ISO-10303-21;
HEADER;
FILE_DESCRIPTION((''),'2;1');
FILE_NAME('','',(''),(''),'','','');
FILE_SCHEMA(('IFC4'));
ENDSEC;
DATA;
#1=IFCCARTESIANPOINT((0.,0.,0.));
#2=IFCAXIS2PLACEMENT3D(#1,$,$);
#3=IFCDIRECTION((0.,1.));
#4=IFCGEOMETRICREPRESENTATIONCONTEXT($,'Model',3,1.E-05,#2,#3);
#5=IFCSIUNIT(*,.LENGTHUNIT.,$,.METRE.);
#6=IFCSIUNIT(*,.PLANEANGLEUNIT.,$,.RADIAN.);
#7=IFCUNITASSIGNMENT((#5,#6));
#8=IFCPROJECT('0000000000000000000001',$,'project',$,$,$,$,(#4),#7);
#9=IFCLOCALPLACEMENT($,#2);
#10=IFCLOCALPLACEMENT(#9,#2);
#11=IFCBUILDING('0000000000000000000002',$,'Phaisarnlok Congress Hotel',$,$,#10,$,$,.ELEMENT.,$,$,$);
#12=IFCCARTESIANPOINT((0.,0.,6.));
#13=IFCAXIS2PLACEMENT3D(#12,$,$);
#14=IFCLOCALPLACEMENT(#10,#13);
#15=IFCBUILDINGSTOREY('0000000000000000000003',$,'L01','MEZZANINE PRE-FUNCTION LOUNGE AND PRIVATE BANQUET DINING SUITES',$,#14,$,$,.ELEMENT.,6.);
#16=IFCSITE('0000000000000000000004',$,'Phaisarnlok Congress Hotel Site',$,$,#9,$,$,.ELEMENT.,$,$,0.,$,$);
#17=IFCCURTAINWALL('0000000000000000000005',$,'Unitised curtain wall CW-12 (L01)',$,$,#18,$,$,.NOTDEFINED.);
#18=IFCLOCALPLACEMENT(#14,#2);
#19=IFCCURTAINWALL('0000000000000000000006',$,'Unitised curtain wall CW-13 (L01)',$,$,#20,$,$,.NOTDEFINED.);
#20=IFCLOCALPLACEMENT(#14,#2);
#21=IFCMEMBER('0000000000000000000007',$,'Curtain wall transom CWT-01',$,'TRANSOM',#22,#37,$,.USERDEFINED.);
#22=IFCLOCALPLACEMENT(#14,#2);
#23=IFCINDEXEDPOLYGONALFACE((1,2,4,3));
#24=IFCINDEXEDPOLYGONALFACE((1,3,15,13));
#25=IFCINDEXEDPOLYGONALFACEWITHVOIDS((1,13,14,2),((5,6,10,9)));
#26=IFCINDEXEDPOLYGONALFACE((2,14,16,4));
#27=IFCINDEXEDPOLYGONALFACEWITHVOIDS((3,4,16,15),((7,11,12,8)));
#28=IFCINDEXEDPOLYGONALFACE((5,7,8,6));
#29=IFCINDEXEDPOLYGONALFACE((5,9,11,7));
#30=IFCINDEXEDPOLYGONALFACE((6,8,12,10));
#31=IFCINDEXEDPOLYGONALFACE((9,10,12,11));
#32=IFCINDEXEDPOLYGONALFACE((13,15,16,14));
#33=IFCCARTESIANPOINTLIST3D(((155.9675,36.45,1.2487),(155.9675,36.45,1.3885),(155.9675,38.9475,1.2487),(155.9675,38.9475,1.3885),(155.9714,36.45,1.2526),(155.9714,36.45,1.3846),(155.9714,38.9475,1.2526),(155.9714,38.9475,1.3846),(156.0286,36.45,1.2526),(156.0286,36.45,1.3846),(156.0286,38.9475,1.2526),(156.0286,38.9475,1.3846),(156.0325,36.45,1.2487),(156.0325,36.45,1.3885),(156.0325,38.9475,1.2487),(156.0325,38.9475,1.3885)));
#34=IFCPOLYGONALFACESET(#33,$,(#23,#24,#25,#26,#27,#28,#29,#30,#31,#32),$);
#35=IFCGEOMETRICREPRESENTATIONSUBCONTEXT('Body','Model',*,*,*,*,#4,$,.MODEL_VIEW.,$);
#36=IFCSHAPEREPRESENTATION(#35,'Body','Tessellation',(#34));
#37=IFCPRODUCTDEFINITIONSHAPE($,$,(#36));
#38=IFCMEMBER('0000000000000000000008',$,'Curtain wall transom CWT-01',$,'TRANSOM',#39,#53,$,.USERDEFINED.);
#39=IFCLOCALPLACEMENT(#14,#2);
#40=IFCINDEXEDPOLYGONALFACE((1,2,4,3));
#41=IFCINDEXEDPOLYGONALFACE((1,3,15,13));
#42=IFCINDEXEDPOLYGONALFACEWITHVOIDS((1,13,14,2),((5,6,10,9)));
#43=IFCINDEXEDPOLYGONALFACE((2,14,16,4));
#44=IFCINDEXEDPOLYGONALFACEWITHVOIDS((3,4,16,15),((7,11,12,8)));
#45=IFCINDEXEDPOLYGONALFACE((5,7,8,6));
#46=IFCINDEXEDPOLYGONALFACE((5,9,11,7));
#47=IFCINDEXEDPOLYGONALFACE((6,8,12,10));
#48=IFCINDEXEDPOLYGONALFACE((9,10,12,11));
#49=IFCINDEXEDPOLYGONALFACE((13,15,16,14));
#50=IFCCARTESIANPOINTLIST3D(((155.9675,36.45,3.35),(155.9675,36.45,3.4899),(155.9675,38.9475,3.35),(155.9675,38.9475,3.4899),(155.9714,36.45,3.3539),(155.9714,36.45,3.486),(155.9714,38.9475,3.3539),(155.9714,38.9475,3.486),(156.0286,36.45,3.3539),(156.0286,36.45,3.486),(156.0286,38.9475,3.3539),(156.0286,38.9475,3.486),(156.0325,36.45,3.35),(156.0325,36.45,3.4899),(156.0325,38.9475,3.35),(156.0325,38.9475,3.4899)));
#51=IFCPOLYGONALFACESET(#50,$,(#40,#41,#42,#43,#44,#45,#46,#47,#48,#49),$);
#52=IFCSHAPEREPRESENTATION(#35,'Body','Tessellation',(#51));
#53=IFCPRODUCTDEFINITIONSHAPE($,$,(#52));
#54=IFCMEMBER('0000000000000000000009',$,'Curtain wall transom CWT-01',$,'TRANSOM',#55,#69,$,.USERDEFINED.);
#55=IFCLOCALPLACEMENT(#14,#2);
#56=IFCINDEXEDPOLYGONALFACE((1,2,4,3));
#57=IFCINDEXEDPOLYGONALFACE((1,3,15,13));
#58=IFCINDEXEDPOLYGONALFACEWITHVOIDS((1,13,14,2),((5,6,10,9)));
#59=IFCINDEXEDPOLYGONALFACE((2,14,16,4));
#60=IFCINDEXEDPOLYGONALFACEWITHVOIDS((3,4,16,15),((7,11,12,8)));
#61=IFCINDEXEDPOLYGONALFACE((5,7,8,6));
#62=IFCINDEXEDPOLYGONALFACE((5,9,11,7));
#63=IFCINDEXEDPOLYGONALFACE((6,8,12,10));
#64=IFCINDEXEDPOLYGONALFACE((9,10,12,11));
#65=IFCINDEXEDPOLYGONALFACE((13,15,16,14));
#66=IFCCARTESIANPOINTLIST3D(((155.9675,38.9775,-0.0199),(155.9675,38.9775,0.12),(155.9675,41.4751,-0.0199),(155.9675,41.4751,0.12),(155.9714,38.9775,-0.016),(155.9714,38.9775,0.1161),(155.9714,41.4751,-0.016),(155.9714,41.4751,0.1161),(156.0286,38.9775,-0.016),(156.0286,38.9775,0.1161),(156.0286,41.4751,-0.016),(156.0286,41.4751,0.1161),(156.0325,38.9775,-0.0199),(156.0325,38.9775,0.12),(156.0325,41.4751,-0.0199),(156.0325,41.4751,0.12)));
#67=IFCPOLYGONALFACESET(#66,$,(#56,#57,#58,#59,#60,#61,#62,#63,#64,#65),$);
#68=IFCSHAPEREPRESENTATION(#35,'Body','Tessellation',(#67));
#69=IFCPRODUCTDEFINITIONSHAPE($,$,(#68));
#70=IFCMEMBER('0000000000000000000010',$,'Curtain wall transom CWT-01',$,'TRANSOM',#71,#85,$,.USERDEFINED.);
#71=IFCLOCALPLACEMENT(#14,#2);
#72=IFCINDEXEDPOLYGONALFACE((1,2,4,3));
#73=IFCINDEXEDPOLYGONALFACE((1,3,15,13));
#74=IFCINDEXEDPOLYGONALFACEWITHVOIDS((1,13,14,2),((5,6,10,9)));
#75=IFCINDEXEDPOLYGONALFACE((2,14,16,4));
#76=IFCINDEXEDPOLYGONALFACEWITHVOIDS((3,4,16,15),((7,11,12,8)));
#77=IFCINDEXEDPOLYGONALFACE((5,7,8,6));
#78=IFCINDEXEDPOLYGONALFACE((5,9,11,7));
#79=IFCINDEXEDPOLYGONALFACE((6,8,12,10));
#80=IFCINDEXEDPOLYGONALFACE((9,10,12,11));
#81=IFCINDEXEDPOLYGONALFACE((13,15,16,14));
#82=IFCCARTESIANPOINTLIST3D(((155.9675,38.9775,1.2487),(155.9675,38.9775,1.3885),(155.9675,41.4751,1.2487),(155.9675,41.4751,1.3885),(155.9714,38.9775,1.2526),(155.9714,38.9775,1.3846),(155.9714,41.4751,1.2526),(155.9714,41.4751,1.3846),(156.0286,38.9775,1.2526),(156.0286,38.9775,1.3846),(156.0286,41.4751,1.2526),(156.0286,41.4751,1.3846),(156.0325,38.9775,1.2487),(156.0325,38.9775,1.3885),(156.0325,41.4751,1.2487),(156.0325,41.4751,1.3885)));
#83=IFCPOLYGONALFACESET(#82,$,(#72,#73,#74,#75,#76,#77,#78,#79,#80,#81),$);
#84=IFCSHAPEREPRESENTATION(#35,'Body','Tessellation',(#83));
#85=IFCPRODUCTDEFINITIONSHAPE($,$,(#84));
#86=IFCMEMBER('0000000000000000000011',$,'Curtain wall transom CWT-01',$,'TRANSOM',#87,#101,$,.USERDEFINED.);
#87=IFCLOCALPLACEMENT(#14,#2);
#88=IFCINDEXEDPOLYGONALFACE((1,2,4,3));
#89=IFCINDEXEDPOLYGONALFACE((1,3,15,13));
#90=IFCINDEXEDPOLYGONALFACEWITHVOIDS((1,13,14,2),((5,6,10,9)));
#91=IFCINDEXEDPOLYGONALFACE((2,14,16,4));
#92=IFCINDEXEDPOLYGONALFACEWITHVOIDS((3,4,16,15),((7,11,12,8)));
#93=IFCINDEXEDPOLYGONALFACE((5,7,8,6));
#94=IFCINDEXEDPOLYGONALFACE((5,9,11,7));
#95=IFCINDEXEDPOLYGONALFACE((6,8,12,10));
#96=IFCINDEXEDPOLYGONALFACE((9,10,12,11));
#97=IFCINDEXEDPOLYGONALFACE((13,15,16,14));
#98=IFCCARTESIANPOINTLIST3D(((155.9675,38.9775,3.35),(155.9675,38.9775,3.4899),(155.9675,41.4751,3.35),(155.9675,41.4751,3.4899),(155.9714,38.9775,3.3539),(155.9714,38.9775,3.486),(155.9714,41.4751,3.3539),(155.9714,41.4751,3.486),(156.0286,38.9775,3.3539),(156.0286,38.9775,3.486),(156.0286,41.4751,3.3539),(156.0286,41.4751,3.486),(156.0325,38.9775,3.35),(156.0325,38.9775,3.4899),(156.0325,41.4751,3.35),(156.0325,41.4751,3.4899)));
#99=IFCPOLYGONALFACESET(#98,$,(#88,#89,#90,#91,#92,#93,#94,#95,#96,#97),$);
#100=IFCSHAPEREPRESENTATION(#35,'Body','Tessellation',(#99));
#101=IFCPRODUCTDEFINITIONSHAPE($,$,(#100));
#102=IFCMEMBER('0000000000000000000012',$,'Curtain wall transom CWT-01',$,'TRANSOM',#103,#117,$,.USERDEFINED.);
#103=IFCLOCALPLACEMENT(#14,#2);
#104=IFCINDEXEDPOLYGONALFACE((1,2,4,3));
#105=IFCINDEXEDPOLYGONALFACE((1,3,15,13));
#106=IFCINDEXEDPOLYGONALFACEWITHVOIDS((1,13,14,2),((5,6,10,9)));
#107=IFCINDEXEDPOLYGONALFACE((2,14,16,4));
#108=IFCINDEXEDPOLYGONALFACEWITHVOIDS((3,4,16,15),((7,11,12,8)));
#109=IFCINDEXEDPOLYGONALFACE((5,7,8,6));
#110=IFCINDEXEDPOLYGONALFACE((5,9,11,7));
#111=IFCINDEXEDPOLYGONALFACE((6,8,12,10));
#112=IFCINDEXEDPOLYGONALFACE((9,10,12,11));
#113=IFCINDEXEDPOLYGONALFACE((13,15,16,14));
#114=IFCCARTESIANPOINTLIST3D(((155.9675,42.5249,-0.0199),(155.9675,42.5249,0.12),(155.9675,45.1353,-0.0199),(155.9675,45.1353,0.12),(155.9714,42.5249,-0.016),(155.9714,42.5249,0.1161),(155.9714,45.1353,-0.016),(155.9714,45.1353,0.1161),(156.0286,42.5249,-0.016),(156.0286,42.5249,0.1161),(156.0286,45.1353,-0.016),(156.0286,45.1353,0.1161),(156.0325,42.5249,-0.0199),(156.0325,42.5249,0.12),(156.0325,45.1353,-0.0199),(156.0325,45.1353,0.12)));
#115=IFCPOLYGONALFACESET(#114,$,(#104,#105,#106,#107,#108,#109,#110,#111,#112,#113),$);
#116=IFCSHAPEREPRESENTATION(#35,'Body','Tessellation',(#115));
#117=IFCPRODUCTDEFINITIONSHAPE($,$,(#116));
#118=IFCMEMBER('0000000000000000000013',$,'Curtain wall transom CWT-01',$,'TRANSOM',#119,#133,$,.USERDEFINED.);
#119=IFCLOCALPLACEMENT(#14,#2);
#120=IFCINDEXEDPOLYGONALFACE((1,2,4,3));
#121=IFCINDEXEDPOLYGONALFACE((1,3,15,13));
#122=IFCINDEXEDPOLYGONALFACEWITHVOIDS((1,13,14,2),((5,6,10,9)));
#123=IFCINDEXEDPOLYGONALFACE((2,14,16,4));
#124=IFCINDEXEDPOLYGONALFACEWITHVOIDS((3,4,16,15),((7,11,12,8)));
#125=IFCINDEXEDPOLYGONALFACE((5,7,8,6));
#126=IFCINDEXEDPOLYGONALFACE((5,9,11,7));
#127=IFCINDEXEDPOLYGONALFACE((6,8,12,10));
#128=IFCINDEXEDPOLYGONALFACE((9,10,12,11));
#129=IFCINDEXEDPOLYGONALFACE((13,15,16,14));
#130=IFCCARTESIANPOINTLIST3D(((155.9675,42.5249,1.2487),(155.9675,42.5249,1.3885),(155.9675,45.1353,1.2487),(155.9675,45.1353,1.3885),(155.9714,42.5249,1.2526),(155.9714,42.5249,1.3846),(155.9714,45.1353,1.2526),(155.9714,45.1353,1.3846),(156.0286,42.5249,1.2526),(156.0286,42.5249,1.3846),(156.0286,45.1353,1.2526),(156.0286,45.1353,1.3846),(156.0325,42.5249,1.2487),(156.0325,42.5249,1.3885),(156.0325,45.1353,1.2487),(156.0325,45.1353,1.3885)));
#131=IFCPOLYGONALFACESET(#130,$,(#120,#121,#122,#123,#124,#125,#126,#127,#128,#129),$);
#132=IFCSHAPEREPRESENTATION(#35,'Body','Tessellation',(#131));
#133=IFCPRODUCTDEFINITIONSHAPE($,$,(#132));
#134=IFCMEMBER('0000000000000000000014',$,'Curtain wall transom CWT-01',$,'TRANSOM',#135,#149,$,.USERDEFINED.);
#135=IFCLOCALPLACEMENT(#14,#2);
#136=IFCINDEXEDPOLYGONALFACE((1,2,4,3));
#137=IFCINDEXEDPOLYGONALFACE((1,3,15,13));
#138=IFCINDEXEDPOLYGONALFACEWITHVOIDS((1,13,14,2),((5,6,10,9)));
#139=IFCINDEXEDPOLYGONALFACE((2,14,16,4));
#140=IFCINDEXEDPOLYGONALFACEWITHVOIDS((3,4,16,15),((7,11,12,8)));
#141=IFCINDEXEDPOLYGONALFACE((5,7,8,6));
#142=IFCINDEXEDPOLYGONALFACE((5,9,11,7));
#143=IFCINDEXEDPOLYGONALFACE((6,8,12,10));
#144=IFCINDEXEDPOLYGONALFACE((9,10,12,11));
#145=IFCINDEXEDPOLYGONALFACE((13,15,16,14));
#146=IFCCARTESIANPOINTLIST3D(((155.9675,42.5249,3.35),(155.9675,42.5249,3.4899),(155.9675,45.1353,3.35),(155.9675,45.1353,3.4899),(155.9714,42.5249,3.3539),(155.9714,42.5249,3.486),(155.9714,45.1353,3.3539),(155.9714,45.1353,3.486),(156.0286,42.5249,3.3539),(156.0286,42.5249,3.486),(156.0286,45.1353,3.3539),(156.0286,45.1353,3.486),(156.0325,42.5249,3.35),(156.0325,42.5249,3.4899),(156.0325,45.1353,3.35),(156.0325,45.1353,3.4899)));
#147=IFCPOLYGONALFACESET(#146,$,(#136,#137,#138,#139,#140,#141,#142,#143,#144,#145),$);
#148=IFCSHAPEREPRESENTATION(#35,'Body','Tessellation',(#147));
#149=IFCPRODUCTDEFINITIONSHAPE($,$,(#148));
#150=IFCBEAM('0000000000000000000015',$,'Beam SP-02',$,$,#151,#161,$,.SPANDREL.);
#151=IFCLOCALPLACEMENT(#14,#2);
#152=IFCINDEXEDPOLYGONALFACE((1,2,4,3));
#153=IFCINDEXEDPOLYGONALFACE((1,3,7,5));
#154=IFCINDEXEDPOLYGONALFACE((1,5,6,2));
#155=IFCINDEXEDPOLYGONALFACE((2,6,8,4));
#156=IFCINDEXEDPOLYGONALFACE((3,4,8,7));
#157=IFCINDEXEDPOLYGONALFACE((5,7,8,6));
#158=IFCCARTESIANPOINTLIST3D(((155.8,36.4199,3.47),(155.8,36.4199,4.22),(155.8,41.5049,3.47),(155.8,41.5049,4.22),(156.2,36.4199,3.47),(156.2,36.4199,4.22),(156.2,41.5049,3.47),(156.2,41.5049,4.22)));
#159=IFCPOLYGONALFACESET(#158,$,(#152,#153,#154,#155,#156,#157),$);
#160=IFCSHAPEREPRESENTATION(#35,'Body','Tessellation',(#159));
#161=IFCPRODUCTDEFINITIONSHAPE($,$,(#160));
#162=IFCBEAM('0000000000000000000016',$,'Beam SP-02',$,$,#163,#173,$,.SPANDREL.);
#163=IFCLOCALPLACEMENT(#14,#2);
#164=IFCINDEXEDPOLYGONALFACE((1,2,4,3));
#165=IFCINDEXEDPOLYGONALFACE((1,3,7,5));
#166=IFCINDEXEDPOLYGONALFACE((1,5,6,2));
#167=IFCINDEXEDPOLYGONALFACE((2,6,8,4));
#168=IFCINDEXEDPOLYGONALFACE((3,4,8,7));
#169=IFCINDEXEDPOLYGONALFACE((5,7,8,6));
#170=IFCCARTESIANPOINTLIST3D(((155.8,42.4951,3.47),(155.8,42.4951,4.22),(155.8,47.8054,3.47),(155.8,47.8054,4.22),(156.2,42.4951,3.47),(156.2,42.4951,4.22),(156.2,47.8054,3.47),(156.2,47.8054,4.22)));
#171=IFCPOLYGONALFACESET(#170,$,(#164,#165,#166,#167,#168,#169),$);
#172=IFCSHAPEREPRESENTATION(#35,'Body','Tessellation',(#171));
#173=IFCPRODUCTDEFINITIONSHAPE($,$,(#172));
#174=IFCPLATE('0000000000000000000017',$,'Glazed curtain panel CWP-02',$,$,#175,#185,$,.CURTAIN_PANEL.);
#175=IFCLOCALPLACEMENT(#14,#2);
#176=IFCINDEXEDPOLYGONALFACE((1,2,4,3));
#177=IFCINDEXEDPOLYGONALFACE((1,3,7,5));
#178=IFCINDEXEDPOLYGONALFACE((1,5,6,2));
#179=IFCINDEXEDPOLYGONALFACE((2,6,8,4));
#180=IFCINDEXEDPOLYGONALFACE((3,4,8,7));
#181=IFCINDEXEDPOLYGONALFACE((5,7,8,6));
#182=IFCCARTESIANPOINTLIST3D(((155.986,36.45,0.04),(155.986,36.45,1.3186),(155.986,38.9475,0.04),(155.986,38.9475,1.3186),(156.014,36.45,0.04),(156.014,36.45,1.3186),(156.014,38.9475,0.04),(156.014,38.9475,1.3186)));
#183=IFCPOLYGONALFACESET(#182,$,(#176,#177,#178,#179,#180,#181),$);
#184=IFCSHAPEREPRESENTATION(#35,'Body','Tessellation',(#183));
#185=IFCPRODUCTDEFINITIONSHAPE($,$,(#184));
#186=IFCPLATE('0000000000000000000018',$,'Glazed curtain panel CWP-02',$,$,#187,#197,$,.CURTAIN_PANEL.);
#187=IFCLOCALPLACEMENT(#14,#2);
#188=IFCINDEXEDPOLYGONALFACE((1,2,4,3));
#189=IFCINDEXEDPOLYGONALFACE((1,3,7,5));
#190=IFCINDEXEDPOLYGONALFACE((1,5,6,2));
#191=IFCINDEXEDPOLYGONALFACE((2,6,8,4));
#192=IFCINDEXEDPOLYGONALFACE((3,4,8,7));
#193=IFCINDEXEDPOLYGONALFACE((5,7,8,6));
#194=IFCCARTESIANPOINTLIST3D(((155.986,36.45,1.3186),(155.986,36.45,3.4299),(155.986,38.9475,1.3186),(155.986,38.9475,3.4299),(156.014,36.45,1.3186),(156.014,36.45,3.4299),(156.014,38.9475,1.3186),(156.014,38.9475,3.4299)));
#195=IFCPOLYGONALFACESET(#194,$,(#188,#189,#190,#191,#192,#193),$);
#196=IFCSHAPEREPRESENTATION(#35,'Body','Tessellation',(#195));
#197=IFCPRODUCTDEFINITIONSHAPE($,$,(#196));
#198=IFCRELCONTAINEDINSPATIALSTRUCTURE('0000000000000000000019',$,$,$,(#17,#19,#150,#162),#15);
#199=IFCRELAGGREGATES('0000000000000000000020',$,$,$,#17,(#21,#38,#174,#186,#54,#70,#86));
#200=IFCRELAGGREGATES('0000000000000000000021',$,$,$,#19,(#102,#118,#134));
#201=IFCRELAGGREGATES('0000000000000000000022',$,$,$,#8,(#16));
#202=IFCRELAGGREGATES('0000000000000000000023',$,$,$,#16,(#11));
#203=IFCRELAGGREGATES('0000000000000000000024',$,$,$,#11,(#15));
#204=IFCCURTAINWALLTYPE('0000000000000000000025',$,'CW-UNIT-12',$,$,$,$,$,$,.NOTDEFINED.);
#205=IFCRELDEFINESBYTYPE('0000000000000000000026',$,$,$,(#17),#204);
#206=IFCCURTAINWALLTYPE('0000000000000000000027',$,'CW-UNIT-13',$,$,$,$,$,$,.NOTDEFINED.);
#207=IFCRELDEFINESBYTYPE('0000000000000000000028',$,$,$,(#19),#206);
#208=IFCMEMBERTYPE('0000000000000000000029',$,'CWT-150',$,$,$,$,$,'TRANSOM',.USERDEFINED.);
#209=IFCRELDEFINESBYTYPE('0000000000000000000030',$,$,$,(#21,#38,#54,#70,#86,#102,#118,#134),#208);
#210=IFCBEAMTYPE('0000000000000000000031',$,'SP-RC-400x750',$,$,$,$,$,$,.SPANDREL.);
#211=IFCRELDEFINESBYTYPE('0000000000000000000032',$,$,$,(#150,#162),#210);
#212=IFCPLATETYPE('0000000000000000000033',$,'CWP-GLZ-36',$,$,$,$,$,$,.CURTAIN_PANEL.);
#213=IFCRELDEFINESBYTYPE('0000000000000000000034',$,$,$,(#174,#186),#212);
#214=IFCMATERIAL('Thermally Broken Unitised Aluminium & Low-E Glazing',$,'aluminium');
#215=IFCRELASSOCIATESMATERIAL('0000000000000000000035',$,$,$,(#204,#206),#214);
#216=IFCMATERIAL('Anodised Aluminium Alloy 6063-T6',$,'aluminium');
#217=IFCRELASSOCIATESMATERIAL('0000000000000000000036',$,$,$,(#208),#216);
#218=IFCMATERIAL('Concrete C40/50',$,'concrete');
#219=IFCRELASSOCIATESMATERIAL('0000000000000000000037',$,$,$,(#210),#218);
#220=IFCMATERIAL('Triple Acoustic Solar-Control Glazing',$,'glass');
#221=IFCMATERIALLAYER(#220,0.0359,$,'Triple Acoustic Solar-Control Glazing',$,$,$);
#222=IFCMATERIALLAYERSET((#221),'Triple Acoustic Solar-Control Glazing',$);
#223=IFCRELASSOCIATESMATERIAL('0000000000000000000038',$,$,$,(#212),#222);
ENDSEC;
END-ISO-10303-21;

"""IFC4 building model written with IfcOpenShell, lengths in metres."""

from ifc_helpers import new_model, si_unit, direction, frame, frame_2d, origin, origin_2d, place, context, subcontext, project, spatial, rectangle, hollow_rectangle, extrude, material, layer, layer_set, material_profile, profile_set, type_object, element, aggregate, save


model = new_model("IFC4")

# Units and contexts
model_context = context("Model", 3, precision=1e-05, world=origin(), true_north=direction((0.0, 1.0)))
body_context = subcontext(model_context, "Body", "Model", "MODEL_VIEW")
ifc_project = project(units=[si_unit("LENGTHUNIT", "METRE"), si_unit("PLANEANGLEUNIT", "RADIAN")], contexts=[model_context])

# Site, building, storey
site_placement = place(None, origin())
site = spatial("IfcSite", under=ifc_project, at=site_placement, Name="Phaisarnlok Congress Hotel Site", CompositionType="ELEMENT", RefElevation=0.0)
building_placement = place(site_placement, origin())
building = spatial("IfcBuilding", under=site, at=building_placement, Name="Phaisarnlok Congress Hotel", CompositionType="ELEMENT")
storey_placement = place(building_placement, frame((0.0, 0.0, 6.0)))
storey = spatial("IfcBuildingStorey", under=building, at=storey_placement, Name="L01", Description="MEZZANINE PRE-FUNCTION LOUNGE AND PRIVATE BANQUET DINING SUITES", CompositionType="ELEMENT", Elevation=6.0)

# Curtain walls
ifc_material_1 = material(Name="Thermally Broken Unitised Aluminium & Low-E Glazing", Category="aluminium")
curtain_wall_type_1 = type_object("IfcCurtainWallType", Name="CW-UNIT-12", PredefinedType="NOTDEFINED", material=ifc_material_1)
curtain_wall_1_placement = place(storey_placement, origin())
curtain_wall_1 = element("IfcCurtainWall", 1, at=curtain_wall_1_placement, inside=storey, type_object=curtain_wall_type_1, Name="Unitised curtain wall CW-12 (L01)", PredefinedType="NOTDEFINED")
ifc_material_2 = material(Name="Anodised Aluminium Alloy 6063-T6", Category="aluminium")
curtain_wall_type_2 = type_object("IfcCurtainWallType", Name="CW-UNIT-13", PredefinedType="NOTDEFINED", material=ifc_material_1)
curtain_wall_2_placement = place(storey_placement, origin())
curtain_wall_2 = element("IfcCurtainWall", 2, at=curtain_wall_2_placement, inside=storey, type_object=curtain_wall_type_2, Name="Unitised curtain wall CW-13 (L01)", PredefinedType="NOTDEFINED")

# Members
ifc_material_profile_1 = material_profile(ifc_material_2, hollow_rectangle(XDim=0.0649, YDim=0.1399, WallThickness=0.0039, at=origin_2d()), Name="ALU-T 65x140x4")
ifc_profile_set_1 = profile_set([ifc_material_profile_1], Name="Anodised Aluminium Alloy 6063-T6")
member_type_1 = type_object("IfcMemberType", Name="CWT-150", ElementType="TRANSOM", PredefinedType="USERDEFINED", material=ifc_profile_set_1)
member_1_placement = place(storey_placement, frame((156.0, 36.45, 1.3186), z_axis=(0.0, 1.0, 0.0), x_axis=(-1.0, 0.0, 0.0)))
member_1 = element("IfcMember", 3, at=member_1_placement, type_object=member_type_1, Name="Curtain wall transom CWT-01", ObjectType="TRANSOM", PredefinedType="USERDEFINED", context=body_context, shape_type="SweptSolid", body=[
    extrude(hollow_rectangle(XDim=0.0649, YDim=0.1399, WallThickness=0.0039, at=origin_2d()), origin(), (0.0, 0.0, 1.0), 2.4976),
])
member_2_placement = place(storey_placement, frame((156.0, 36.45, 3.4199), z_axis=(0.0, 1.0, 0.0), x_axis=(-1.0, 0.0, 0.0)))
member_2 = element("IfcMember", 4, at=member_2_placement, type_object=member_type_1, Name="Curtain wall transom CWT-01", ObjectType="TRANSOM", PredefinedType="USERDEFINED", context=body_context, shape_type="SweptSolid", body=[
    extrude(hollow_rectangle(XDim=0.0649, YDim=0.1399, WallThickness=0.0039, at=origin_2d()), origin(), (0.0, 0.0, 1.0), 2.4976),
])
member_3_placement = place(storey_placement, frame((156.0, 38.9775, 0.05), z_axis=(0.0, 1.0, 0.0), x_axis=(-1.0, 0.0, 0.0)))
member_3 = element("IfcMember", 5, at=member_3_placement, type_object=member_type_1, Name="Curtain wall transom CWT-01", ObjectType="TRANSOM", PredefinedType="USERDEFINED", context=body_context, shape_type="SweptSolid", body=[
    extrude(hollow_rectangle(XDim=0.0649, YDim=0.1399, WallThickness=0.0039, at=origin_2d()), origin(), (0.0, 0.0, 1.0), 2.4976),
])
member_4_placement = place(storey_placement, frame((156.0, 38.9775, 1.3186), z_axis=(0.0, 1.0, 0.0), x_axis=(-1.0, 0.0, 0.0)))
member_4 = element("IfcMember", 6, at=member_4_placement, type_object=member_type_1, Name="Curtain wall transom CWT-01", ObjectType="TRANSOM", PredefinedType="USERDEFINED", context=body_context, shape_type="SweptSolid", body=[
    extrude(hollow_rectangle(XDim=0.0649, YDim=0.1399, WallThickness=0.0039, at=origin_2d()), origin(), (0.0, 0.0, 1.0), 2.4976),
])
member_5_placement = place(storey_placement, frame((156.0, 38.9775, 3.4199), z_axis=(0.0, 1.0, 0.0), x_axis=(-1.0, 0.0, 0.0)))
member_5 = element("IfcMember", 7, at=member_5_placement, type_object=member_type_1, Name="Curtain wall transom CWT-01", ObjectType="TRANSOM", PredefinedType="USERDEFINED", context=body_context, shape_type="SweptSolid", body=[
    extrude(hollow_rectangle(XDim=0.0649, YDim=0.1399, WallThickness=0.0039, at=origin_2d()), origin(), (0.0, 0.0, 1.0), 2.4976),
])
member_6_placement = place(storey_placement, frame((156.0, 42.5249, 0.05), z_axis=(0.0, 1.0, 0.0), x_axis=(-1.0, 0.0, 0.0)))
member_6 = element("IfcMember", 8, at=member_6_placement, type_object=member_type_1, Name="Curtain wall transom CWT-01", ObjectType="TRANSOM", PredefinedType="USERDEFINED", context=body_context, shape_type="SweptSolid", body=[
    extrude(hollow_rectangle(XDim=0.0649, YDim=0.1399, WallThickness=0.0039, at=origin_2d()), origin(), (0.0, 0.0, 1.0), 2.6104),
])
member_7_placement = place(storey_placement, frame((156.0, 42.5249, 1.3186), z_axis=(0.0, 1.0, 0.0), x_axis=(-1.0, 0.0, 0.0)))
member_7 = element("IfcMember", 9, at=member_7_placement, type_object=member_type_1, Name="Curtain wall transom CWT-01", ObjectType="TRANSOM", PredefinedType="USERDEFINED", context=body_context, shape_type="SweptSolid", body=[
    extrude(hollow_rectangle(XDim=0.0649, YDim=0.1399, WallThickness=0.0039, at=origin_2d()), origin(), (0.0, 0.0, 1.0), 2.6104),
])
member_8_placement = place(storey_placement, frame((156.0, 42.5249, 3.4199), z_axis=(0.0, 1.0, 0.0), x_axis=(-1.0, 0.0, 0.0)))
member_8 = element("IfcMember", 10, at=member_8_placement, type_object=member_type_1, Name="Curtain wall transom CWT-01", ObjectType="TRANSOM", PredefinedType="USERDEFINED", context=body_context, shape_type="SweptSolid", body=[
    extrude(hollow_rectangle(XDim=0.0649, YDim=0.1399, WallThickness=0.0039, at=origin_2d()), origin(), (0.0, 0.0, 1.0), 2.6104),
])

# Beams
ifc_material_3 = material(Name="Concrete C40/50", Category="concrete")
ifc_material_profile_2 = material_profile(ifc_material_3, rectangle(XDim=0.3999, YDim=0.75, at=origin_2d()), Name="RC 400x750")
ifc_profile_set_2 = profile_set([ifc_material_profile_2], Name="Concrete C40/50")
beam_type_1 = type_object("IfcBeamType", Name="SP-RC-400x750", PredefinedType="SPANDREL", material=ifc_profile_set_2)
beam_1_placement = place(storey_placement, frame((156.0, 36.4199, 3.845), z_axis=(0.0, 1.0, 0.0), x_axis=(-1.0, 0.0, 0.0)))
element("IfcBeam", 11, at=beam_1_placement, inside=storey, type_object=beam_type_1, Name="Beam SP-02", PredefinedType="SPANDREL", context=body_context, shape_type="SweptSolid", body=[
    extrude(rectangle(XDim=0.3999, YDim=0.75, at=origin_2d()), origin(), (0.0, 0.0, 1.0), 5.085),
])
beam_2_placement = place(storey_placement, frame((156.0, 42.4951, 3.845), z_axis=(0.0, 1.0, 0.0), x_axis=(-1.0, 0.0, 0.0)))
element("IfcBeam", 12, at=beam_2_placement, inside=storey, type_object=beam_type_1, Name="Beam SP-02", PredefinedType="SPANDREL", context=body_context, shape_type="SweptSolid", body=[
    extrude(rectangle(XDim=0.3999, YDim=0.75, at=origin_2d()), origin(), (0.0, 0.0, 1.0), 5.3103),
])

# Plates
ifc_material_4 = material(Name="Triple Acoustic Solar-Control Glazing", Category="glass")
ifc_layer = layer(ifc_material_4, 0.0359, Name="Triple Acoustic Solar-Control Glazing")
ifc_layer_set = layer_set([ifc_layer], Name="Triple Acoustic Solar-Control Glazing")
plate_type = type_object("IfcPlateType", Name="CWP-GLZ-36", PredefinedType="CURTAIN_PANEL", material=ifc_layer_set)
plate_1_placement = place(storey_placement, frame((156.0, 36.45, 0.04), z_axis=(0.0, 0.0, 1.0), x_axis=(0.0, 1.0, 0.0)))
plate_1 = element("IfcPlate", 13, at=plate_1_placement, type_object=plate_type, Name="Glazed curtain panel CWP-02", PredefinedType="CURTAIN_PANEL", context=body_context, shape_type="SweptSolid", body=[
    extrude(rectangle(XDim=2.4976, YDim=0.0281, at=frame_2d((1.2488, 0.0))), origin(), (0.0, 0.0, 1.0), 1.2786),
])
plate_2_placement = place(storey_placement, frame((156.0, 36.45, 1.3186), z_axis=(0.0, 0.0, 1.0), x_axis=(0.0, 1.0, 0.0)))
plate_2 = element("IfcPlate", 14, at=plate_2_placement, type_object=plate_type, Name="Glazed curtain panel CWP-02", PredefinedType="CURTAIN_PANEL", context=body_context, shape_type="SweptSolid", body=[
    extrude(rectangle(XDim=2.4976, YDim=0.0281, at=frame_2d((1.2488, 0.0))), origin(), (0.0, 0.0, 1.0), 2.1113),
])
aggregate(curtain_wall_1, [member_1, member_2, plate_1, plate_2, member_3, member_4, member_5])
aggregate(curtain_wall_2, [member_6, member_7, member_8])

save(model, "model.ifc")
